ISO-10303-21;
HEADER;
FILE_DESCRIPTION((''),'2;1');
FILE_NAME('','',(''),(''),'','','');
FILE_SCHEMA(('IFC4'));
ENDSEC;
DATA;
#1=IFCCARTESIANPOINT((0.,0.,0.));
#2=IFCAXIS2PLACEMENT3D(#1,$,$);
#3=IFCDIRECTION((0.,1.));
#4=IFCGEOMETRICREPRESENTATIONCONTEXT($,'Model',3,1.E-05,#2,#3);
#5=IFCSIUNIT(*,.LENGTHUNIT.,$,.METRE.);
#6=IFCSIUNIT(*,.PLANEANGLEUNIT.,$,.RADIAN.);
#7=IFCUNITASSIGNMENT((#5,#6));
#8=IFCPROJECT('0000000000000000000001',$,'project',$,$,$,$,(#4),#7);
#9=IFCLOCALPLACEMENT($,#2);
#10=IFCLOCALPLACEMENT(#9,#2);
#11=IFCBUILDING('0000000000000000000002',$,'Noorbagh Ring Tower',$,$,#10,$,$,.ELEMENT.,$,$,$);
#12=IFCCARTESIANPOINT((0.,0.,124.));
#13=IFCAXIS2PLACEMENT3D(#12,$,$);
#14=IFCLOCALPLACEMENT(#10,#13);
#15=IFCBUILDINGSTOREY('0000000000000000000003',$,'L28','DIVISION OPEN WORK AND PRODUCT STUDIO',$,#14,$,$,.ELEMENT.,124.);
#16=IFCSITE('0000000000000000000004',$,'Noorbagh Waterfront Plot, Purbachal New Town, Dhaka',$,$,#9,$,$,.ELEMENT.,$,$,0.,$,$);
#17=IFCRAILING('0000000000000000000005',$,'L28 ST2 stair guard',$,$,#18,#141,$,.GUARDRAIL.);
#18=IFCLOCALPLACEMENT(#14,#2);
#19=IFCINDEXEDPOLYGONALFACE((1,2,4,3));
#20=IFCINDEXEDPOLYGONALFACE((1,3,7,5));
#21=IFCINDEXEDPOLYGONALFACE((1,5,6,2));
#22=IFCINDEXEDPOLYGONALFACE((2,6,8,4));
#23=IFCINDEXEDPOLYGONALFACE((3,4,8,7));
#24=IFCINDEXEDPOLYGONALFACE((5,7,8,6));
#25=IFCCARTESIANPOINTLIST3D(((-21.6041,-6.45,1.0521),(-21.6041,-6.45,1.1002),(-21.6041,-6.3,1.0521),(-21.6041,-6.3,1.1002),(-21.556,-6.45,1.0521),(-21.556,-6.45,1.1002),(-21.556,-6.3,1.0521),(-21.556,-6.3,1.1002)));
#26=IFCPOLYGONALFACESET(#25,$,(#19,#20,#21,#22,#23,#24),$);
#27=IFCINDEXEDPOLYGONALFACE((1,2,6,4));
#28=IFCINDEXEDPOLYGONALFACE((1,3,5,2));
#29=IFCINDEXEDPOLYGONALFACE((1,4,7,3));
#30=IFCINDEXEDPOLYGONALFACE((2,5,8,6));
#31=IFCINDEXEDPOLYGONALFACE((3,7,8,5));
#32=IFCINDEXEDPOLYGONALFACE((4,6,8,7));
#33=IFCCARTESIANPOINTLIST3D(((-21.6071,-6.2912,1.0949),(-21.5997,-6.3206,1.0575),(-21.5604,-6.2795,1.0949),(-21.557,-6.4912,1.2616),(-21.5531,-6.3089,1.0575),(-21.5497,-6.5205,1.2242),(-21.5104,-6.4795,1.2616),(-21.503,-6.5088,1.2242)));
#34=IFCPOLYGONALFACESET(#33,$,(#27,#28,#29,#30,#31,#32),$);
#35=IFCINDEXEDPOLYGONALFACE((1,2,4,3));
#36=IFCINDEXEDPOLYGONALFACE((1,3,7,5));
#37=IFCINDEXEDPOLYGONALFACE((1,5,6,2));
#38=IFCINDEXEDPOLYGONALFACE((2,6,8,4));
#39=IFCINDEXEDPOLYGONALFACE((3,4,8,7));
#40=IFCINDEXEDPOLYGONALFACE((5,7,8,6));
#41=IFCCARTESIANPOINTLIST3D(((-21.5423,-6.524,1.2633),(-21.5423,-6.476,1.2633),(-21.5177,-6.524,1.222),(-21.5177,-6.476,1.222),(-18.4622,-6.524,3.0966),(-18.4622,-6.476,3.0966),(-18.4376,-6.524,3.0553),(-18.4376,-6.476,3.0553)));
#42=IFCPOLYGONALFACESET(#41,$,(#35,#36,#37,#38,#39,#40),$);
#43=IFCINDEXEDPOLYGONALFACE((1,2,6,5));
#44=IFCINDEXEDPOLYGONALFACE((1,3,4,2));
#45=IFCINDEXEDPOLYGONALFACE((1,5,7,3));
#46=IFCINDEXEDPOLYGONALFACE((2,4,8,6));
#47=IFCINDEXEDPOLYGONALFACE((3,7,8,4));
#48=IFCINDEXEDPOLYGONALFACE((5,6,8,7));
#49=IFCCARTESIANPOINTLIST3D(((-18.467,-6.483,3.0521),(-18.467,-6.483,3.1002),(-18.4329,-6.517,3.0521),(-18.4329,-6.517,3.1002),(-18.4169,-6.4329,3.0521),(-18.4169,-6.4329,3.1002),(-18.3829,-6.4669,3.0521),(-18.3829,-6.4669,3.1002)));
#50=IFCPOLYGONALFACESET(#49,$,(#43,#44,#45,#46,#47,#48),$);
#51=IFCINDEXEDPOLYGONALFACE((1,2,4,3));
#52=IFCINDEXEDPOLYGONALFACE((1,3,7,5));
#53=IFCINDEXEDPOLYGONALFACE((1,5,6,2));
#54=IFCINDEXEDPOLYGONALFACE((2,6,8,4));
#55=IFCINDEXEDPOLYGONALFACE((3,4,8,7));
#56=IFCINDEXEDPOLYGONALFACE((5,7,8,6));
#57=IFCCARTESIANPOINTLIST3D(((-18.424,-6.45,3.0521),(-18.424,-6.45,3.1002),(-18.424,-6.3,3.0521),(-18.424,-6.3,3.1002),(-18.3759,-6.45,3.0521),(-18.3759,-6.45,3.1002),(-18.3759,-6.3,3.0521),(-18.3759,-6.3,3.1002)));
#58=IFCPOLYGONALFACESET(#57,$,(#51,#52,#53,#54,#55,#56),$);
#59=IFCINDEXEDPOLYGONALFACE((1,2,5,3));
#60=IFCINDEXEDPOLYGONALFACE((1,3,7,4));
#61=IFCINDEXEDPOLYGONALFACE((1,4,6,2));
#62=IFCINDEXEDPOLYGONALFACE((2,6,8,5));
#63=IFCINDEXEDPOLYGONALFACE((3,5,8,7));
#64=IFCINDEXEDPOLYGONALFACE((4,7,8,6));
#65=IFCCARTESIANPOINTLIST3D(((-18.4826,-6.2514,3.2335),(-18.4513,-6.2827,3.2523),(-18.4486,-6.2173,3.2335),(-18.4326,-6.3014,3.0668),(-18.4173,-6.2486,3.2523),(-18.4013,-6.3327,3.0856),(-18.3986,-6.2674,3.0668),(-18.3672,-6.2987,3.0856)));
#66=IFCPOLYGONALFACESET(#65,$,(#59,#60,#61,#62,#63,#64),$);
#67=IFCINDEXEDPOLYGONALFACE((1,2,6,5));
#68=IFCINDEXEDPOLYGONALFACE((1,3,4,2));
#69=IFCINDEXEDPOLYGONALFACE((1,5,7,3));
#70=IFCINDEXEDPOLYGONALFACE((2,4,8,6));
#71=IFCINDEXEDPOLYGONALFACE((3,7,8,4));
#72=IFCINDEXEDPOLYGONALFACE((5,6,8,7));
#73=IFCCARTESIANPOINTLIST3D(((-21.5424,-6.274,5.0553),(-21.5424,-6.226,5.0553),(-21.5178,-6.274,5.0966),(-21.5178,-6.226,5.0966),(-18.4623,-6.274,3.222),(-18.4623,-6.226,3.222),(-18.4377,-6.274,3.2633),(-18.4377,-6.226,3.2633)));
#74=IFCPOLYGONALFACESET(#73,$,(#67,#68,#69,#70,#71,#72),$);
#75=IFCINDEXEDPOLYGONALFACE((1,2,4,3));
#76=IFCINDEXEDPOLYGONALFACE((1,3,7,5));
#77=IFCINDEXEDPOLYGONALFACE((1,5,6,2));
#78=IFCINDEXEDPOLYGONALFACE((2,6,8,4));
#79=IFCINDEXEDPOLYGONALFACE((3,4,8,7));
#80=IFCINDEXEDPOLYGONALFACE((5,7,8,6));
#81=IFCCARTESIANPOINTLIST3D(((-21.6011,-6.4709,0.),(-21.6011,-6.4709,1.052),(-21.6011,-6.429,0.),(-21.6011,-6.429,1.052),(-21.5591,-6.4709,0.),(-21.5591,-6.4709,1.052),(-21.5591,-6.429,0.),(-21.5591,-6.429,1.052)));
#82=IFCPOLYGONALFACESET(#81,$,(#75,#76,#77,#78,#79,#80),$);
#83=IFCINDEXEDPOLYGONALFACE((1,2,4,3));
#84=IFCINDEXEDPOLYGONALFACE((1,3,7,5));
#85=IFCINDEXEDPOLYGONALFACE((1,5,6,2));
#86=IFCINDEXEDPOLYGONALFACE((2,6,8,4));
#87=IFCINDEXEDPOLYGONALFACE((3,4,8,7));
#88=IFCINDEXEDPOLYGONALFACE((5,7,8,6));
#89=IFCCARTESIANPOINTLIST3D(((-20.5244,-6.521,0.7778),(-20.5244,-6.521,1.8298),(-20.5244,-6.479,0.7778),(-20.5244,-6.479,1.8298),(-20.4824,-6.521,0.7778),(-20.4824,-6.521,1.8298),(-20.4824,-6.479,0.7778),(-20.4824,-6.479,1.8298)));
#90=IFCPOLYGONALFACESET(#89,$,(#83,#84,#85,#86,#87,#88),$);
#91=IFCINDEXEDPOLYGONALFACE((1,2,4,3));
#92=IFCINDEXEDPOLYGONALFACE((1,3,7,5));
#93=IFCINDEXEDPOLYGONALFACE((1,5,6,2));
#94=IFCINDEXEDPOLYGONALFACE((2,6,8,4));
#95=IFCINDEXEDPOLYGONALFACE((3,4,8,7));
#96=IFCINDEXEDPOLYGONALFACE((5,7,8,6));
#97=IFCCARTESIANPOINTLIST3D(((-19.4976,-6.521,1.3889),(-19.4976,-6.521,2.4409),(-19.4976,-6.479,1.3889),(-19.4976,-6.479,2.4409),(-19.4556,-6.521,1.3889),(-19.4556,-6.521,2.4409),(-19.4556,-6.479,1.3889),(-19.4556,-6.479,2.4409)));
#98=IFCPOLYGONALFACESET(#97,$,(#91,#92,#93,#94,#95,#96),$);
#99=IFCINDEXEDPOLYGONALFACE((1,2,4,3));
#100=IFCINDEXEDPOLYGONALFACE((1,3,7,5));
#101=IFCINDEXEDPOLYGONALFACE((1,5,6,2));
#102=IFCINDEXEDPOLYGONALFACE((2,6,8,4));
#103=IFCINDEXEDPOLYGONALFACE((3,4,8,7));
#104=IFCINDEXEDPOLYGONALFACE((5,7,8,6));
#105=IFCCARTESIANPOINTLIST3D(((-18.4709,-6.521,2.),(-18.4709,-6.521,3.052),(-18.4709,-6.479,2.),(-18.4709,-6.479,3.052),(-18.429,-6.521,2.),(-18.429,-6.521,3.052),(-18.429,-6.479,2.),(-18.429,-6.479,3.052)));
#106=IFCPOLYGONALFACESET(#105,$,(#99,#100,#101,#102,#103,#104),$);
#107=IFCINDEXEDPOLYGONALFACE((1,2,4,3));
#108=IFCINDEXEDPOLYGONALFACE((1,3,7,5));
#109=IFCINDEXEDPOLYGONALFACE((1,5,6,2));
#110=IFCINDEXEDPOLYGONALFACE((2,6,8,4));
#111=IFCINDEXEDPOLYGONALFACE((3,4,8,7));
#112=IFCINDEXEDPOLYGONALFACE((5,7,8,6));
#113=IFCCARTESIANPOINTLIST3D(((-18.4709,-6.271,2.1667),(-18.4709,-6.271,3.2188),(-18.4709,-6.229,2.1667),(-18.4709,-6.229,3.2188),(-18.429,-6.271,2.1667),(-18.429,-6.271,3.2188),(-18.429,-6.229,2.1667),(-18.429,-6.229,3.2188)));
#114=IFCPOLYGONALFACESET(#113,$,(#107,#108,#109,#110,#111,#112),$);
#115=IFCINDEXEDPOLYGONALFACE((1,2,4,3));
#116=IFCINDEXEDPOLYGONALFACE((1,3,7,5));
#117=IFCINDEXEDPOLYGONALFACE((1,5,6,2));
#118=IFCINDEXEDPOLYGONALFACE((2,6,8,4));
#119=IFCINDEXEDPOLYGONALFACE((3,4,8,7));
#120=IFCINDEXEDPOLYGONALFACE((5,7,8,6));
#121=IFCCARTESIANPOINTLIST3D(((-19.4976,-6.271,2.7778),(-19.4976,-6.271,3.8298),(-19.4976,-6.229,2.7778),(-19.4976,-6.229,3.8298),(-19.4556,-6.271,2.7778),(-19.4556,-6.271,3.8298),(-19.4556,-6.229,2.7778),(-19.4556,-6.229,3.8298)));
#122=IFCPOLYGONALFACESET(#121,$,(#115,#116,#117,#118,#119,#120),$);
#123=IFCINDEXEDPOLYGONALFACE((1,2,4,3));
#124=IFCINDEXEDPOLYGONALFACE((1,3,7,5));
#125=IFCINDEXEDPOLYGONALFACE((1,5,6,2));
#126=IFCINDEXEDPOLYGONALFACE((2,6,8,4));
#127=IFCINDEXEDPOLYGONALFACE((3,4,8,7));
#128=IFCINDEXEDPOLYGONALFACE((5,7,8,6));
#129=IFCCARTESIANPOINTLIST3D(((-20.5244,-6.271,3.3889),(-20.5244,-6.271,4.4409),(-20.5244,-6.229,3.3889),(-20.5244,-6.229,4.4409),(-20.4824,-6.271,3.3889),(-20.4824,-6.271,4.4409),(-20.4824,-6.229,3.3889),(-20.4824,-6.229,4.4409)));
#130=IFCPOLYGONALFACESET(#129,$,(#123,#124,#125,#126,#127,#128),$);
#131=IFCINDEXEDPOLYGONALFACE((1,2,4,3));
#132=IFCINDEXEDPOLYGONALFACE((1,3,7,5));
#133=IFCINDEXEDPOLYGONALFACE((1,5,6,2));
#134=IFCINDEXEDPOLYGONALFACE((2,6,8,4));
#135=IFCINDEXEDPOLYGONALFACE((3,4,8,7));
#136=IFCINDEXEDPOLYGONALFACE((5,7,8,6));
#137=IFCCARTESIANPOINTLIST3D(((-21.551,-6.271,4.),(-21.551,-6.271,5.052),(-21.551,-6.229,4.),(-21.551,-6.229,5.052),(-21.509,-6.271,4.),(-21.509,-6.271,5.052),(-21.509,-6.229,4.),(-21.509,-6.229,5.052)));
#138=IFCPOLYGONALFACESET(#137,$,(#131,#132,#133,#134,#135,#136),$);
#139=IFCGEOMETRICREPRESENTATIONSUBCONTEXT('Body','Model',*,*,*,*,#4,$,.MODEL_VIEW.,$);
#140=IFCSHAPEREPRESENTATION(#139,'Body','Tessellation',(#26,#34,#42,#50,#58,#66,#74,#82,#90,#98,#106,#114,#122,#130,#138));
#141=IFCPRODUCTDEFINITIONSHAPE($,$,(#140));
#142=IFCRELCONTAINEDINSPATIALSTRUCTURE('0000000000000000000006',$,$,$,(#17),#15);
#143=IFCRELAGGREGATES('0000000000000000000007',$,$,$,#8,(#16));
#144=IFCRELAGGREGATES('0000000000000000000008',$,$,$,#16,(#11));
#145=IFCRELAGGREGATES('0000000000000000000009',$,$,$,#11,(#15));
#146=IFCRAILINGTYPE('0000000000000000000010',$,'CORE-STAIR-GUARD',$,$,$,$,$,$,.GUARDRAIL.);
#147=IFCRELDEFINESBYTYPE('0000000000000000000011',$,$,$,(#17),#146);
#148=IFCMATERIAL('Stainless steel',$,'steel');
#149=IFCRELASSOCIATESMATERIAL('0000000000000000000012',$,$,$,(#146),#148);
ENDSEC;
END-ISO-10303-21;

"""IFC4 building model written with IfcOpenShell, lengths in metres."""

from ifc_helpers import new_model, si_unit, direction, frame, origin, origin_2d, place, context, subcontext, project, spatial, rectangle, extrude, material, type_object, element, save


model = new_model("IFC4")

# Units and contexts
model_context = context("Model", 3, precision=1e-05, world=origin(), true_north=direction((0.0, 1.0)))
body_context = subcontext(model_context, "Body", "Model", "MODEL_VIEW")
ifc_project = project(units=[si_unit("LENGTHUNIT", "METRE"), si_unit("PLANEANGLEUNIT", "RADIAN")], contexts=[model_context])

# Site, building, storey
site_placement = place(None, origin())
site = spatial("IfcSite", under=ifc_project, at=site_placement, Name="Noorbagh Waterfront Plot, Purbachal New Town, Dhaka", CompositionType="ELEMENT", RefElevation=0.0)
building_placement = place(site_placement, origin())
building = spatial("IfcBuilding", under=site, at=building_placement, Name="Noorbagh Ring Tower", CompositionType="ELEMENT")
storey_placement = place(building_placement, frame((0.0, 0.0, 124.0)))
storey = spatial("IfcBuildingStorey", under=building, at=storey_placement, Name="L28", Description="DIVISION OPEN WORK AND PRODUCT STUDIO", CompositionType="ELEMENT", Elevation=124.0)

# Railing
ifc_material_1 = material(Name="Stainless steel", Category="steel")
railing_type_1 = type_object("IfcRailingType", Name="CORE-STAIR-GUARD", PredefinedType="GUARDRAIL", material=ifc_material_1)
railing_1_placement = place(storey_placement, frame((-21.5801, -6.45, 0.0)))
element("IfcRailing", 1, at=railing_1_placement, inside=storey, type_object=railing_type_1, Name="L28 ST2 stair guard", PredefinedType="GUARDRAIL", context=body_context, shape_type="SweptSolid", body=[
    extrude(rectangle(XDim=0.0481, YDim=0.0481, at=origin_2d()), frame((0.0, 0.0, 1.0762), z_axis=(0.0, 1.0, 0.0), x_axis=(-1.0, 0.0, 0.0)), (0.0, 0.0, 1.0), 0.1499),
    extrude(rectangle(XDim=0.0481, YDim=0.0481, at=origin_2d()), frame((0.0, 0.1499, 1.0762), z_axis=(0.188776, -0.754182, 0.628946), x_axis=(0.970073, 0.242814, 0.0)), (0.0, 0.0, 1.0), 0.2651),
    extrude(rectangle(XDim=0.0481, YDim=0.0481, at=origin_2d()), frame((0.05, -0.05, 1.2427), z_axis=(0.859309, 0.0, 0.511458), x_axis=(0.0, 1.0, 0.0)), (0.0, 0.0, 1.0), 3.5845),
    extrude(rectangle(XDim=0.0481, YDim=0.0481, at=origin_2d()), frame((3.1301, -0.05, 3.0762), z_axis=(0.707107, 0.707107, 0.0), x_axis=(-0.707107, 0.707107, 0.0)), (0.0, 0.0, 1.0), 0.0708),
    extrude(rectangle(XDim=0.0481, YDim=0.0481, at=origin_2d()), frame((3.1802, 0.0, 3.0762), z_axis=(0.0, 1.0, 0.0), x_axis=(-1.0, 0.0, 0.0)), (0.0, 0.0, 1.0), 0.1499),
    extrude(rectangle(XDim=0.0481, YDim=0.0481, at=origin_2d()), frame((3.1802, 0.1499, 3.0762), z_axis=(-0.276287, 0.276287, 0.920506), x_axis=(-0.707107, -0.707107, 0.0)), (0.0, 0.0, 1.0), 0.1812),
    extrude(rectangle(XDim=0.0481, YDim=0.0481, at=origin_2d()), frame((3.1301, 0.2, 3.2427), z_axis=(-0.859309, 0.0, 0.511458), x_axis=(0.0, -1.0, 0.0)), (0.0, 0.0, 1.0), 3.5845),
    extrude(rectangle(XDim=0.042, YDim=0.042, at=origin_2d()), origin(), (0.0, 0.0, 1.0), 1.052),
    extrude(rectangle(XDim=0.042, YDim=0.042, at=origin_2d()), frame((1.0767, -0.05, 0.7778)), (0.0, 0.0, 1.0), 1.052),
    extrude(rectangle(XDim=0.042, YDim=0.042, at=origin_2d()), frame((2.1035, -0.05, 1.3889)), (0.0, 0.0, 1.0), 1.052),
    extrude(rectangle(XDim=0.042, YDim=0.042, at=origin_2d()), frame((3.1301, -0.05, 2.0)), (0.0, 0.0, 1.0), 1.052),
    extrude(rectangle(XDim=0.042, YDim=0.042, at=origin_2d()), frame((3.1301, 0.2, 2.1667)), (0.0, 0.0, 1.0), 1.052),
    extrude(rectangle(XDim=0.042, YDim=0.042, at=origin_2d()), frame((2.1035, 0.2, 2.7778)), (0.0, 0.0, 1.0), 1.052),
    extrude(rectangle(XDim=0.042, YDim=0.042, at=origin_2d()), frame((1.0767, 0.2, 3.3889)), (0.0, 0.0, 1.0), 1.052),
    extrude(rectangle(XDim=0.042, YDim=0.042, at=origin_2d()), frame((0.05, 0.2, 4.0)), (0.0, 0.0, 1.0), 1.052),
])

save(model, "model.ifc")
